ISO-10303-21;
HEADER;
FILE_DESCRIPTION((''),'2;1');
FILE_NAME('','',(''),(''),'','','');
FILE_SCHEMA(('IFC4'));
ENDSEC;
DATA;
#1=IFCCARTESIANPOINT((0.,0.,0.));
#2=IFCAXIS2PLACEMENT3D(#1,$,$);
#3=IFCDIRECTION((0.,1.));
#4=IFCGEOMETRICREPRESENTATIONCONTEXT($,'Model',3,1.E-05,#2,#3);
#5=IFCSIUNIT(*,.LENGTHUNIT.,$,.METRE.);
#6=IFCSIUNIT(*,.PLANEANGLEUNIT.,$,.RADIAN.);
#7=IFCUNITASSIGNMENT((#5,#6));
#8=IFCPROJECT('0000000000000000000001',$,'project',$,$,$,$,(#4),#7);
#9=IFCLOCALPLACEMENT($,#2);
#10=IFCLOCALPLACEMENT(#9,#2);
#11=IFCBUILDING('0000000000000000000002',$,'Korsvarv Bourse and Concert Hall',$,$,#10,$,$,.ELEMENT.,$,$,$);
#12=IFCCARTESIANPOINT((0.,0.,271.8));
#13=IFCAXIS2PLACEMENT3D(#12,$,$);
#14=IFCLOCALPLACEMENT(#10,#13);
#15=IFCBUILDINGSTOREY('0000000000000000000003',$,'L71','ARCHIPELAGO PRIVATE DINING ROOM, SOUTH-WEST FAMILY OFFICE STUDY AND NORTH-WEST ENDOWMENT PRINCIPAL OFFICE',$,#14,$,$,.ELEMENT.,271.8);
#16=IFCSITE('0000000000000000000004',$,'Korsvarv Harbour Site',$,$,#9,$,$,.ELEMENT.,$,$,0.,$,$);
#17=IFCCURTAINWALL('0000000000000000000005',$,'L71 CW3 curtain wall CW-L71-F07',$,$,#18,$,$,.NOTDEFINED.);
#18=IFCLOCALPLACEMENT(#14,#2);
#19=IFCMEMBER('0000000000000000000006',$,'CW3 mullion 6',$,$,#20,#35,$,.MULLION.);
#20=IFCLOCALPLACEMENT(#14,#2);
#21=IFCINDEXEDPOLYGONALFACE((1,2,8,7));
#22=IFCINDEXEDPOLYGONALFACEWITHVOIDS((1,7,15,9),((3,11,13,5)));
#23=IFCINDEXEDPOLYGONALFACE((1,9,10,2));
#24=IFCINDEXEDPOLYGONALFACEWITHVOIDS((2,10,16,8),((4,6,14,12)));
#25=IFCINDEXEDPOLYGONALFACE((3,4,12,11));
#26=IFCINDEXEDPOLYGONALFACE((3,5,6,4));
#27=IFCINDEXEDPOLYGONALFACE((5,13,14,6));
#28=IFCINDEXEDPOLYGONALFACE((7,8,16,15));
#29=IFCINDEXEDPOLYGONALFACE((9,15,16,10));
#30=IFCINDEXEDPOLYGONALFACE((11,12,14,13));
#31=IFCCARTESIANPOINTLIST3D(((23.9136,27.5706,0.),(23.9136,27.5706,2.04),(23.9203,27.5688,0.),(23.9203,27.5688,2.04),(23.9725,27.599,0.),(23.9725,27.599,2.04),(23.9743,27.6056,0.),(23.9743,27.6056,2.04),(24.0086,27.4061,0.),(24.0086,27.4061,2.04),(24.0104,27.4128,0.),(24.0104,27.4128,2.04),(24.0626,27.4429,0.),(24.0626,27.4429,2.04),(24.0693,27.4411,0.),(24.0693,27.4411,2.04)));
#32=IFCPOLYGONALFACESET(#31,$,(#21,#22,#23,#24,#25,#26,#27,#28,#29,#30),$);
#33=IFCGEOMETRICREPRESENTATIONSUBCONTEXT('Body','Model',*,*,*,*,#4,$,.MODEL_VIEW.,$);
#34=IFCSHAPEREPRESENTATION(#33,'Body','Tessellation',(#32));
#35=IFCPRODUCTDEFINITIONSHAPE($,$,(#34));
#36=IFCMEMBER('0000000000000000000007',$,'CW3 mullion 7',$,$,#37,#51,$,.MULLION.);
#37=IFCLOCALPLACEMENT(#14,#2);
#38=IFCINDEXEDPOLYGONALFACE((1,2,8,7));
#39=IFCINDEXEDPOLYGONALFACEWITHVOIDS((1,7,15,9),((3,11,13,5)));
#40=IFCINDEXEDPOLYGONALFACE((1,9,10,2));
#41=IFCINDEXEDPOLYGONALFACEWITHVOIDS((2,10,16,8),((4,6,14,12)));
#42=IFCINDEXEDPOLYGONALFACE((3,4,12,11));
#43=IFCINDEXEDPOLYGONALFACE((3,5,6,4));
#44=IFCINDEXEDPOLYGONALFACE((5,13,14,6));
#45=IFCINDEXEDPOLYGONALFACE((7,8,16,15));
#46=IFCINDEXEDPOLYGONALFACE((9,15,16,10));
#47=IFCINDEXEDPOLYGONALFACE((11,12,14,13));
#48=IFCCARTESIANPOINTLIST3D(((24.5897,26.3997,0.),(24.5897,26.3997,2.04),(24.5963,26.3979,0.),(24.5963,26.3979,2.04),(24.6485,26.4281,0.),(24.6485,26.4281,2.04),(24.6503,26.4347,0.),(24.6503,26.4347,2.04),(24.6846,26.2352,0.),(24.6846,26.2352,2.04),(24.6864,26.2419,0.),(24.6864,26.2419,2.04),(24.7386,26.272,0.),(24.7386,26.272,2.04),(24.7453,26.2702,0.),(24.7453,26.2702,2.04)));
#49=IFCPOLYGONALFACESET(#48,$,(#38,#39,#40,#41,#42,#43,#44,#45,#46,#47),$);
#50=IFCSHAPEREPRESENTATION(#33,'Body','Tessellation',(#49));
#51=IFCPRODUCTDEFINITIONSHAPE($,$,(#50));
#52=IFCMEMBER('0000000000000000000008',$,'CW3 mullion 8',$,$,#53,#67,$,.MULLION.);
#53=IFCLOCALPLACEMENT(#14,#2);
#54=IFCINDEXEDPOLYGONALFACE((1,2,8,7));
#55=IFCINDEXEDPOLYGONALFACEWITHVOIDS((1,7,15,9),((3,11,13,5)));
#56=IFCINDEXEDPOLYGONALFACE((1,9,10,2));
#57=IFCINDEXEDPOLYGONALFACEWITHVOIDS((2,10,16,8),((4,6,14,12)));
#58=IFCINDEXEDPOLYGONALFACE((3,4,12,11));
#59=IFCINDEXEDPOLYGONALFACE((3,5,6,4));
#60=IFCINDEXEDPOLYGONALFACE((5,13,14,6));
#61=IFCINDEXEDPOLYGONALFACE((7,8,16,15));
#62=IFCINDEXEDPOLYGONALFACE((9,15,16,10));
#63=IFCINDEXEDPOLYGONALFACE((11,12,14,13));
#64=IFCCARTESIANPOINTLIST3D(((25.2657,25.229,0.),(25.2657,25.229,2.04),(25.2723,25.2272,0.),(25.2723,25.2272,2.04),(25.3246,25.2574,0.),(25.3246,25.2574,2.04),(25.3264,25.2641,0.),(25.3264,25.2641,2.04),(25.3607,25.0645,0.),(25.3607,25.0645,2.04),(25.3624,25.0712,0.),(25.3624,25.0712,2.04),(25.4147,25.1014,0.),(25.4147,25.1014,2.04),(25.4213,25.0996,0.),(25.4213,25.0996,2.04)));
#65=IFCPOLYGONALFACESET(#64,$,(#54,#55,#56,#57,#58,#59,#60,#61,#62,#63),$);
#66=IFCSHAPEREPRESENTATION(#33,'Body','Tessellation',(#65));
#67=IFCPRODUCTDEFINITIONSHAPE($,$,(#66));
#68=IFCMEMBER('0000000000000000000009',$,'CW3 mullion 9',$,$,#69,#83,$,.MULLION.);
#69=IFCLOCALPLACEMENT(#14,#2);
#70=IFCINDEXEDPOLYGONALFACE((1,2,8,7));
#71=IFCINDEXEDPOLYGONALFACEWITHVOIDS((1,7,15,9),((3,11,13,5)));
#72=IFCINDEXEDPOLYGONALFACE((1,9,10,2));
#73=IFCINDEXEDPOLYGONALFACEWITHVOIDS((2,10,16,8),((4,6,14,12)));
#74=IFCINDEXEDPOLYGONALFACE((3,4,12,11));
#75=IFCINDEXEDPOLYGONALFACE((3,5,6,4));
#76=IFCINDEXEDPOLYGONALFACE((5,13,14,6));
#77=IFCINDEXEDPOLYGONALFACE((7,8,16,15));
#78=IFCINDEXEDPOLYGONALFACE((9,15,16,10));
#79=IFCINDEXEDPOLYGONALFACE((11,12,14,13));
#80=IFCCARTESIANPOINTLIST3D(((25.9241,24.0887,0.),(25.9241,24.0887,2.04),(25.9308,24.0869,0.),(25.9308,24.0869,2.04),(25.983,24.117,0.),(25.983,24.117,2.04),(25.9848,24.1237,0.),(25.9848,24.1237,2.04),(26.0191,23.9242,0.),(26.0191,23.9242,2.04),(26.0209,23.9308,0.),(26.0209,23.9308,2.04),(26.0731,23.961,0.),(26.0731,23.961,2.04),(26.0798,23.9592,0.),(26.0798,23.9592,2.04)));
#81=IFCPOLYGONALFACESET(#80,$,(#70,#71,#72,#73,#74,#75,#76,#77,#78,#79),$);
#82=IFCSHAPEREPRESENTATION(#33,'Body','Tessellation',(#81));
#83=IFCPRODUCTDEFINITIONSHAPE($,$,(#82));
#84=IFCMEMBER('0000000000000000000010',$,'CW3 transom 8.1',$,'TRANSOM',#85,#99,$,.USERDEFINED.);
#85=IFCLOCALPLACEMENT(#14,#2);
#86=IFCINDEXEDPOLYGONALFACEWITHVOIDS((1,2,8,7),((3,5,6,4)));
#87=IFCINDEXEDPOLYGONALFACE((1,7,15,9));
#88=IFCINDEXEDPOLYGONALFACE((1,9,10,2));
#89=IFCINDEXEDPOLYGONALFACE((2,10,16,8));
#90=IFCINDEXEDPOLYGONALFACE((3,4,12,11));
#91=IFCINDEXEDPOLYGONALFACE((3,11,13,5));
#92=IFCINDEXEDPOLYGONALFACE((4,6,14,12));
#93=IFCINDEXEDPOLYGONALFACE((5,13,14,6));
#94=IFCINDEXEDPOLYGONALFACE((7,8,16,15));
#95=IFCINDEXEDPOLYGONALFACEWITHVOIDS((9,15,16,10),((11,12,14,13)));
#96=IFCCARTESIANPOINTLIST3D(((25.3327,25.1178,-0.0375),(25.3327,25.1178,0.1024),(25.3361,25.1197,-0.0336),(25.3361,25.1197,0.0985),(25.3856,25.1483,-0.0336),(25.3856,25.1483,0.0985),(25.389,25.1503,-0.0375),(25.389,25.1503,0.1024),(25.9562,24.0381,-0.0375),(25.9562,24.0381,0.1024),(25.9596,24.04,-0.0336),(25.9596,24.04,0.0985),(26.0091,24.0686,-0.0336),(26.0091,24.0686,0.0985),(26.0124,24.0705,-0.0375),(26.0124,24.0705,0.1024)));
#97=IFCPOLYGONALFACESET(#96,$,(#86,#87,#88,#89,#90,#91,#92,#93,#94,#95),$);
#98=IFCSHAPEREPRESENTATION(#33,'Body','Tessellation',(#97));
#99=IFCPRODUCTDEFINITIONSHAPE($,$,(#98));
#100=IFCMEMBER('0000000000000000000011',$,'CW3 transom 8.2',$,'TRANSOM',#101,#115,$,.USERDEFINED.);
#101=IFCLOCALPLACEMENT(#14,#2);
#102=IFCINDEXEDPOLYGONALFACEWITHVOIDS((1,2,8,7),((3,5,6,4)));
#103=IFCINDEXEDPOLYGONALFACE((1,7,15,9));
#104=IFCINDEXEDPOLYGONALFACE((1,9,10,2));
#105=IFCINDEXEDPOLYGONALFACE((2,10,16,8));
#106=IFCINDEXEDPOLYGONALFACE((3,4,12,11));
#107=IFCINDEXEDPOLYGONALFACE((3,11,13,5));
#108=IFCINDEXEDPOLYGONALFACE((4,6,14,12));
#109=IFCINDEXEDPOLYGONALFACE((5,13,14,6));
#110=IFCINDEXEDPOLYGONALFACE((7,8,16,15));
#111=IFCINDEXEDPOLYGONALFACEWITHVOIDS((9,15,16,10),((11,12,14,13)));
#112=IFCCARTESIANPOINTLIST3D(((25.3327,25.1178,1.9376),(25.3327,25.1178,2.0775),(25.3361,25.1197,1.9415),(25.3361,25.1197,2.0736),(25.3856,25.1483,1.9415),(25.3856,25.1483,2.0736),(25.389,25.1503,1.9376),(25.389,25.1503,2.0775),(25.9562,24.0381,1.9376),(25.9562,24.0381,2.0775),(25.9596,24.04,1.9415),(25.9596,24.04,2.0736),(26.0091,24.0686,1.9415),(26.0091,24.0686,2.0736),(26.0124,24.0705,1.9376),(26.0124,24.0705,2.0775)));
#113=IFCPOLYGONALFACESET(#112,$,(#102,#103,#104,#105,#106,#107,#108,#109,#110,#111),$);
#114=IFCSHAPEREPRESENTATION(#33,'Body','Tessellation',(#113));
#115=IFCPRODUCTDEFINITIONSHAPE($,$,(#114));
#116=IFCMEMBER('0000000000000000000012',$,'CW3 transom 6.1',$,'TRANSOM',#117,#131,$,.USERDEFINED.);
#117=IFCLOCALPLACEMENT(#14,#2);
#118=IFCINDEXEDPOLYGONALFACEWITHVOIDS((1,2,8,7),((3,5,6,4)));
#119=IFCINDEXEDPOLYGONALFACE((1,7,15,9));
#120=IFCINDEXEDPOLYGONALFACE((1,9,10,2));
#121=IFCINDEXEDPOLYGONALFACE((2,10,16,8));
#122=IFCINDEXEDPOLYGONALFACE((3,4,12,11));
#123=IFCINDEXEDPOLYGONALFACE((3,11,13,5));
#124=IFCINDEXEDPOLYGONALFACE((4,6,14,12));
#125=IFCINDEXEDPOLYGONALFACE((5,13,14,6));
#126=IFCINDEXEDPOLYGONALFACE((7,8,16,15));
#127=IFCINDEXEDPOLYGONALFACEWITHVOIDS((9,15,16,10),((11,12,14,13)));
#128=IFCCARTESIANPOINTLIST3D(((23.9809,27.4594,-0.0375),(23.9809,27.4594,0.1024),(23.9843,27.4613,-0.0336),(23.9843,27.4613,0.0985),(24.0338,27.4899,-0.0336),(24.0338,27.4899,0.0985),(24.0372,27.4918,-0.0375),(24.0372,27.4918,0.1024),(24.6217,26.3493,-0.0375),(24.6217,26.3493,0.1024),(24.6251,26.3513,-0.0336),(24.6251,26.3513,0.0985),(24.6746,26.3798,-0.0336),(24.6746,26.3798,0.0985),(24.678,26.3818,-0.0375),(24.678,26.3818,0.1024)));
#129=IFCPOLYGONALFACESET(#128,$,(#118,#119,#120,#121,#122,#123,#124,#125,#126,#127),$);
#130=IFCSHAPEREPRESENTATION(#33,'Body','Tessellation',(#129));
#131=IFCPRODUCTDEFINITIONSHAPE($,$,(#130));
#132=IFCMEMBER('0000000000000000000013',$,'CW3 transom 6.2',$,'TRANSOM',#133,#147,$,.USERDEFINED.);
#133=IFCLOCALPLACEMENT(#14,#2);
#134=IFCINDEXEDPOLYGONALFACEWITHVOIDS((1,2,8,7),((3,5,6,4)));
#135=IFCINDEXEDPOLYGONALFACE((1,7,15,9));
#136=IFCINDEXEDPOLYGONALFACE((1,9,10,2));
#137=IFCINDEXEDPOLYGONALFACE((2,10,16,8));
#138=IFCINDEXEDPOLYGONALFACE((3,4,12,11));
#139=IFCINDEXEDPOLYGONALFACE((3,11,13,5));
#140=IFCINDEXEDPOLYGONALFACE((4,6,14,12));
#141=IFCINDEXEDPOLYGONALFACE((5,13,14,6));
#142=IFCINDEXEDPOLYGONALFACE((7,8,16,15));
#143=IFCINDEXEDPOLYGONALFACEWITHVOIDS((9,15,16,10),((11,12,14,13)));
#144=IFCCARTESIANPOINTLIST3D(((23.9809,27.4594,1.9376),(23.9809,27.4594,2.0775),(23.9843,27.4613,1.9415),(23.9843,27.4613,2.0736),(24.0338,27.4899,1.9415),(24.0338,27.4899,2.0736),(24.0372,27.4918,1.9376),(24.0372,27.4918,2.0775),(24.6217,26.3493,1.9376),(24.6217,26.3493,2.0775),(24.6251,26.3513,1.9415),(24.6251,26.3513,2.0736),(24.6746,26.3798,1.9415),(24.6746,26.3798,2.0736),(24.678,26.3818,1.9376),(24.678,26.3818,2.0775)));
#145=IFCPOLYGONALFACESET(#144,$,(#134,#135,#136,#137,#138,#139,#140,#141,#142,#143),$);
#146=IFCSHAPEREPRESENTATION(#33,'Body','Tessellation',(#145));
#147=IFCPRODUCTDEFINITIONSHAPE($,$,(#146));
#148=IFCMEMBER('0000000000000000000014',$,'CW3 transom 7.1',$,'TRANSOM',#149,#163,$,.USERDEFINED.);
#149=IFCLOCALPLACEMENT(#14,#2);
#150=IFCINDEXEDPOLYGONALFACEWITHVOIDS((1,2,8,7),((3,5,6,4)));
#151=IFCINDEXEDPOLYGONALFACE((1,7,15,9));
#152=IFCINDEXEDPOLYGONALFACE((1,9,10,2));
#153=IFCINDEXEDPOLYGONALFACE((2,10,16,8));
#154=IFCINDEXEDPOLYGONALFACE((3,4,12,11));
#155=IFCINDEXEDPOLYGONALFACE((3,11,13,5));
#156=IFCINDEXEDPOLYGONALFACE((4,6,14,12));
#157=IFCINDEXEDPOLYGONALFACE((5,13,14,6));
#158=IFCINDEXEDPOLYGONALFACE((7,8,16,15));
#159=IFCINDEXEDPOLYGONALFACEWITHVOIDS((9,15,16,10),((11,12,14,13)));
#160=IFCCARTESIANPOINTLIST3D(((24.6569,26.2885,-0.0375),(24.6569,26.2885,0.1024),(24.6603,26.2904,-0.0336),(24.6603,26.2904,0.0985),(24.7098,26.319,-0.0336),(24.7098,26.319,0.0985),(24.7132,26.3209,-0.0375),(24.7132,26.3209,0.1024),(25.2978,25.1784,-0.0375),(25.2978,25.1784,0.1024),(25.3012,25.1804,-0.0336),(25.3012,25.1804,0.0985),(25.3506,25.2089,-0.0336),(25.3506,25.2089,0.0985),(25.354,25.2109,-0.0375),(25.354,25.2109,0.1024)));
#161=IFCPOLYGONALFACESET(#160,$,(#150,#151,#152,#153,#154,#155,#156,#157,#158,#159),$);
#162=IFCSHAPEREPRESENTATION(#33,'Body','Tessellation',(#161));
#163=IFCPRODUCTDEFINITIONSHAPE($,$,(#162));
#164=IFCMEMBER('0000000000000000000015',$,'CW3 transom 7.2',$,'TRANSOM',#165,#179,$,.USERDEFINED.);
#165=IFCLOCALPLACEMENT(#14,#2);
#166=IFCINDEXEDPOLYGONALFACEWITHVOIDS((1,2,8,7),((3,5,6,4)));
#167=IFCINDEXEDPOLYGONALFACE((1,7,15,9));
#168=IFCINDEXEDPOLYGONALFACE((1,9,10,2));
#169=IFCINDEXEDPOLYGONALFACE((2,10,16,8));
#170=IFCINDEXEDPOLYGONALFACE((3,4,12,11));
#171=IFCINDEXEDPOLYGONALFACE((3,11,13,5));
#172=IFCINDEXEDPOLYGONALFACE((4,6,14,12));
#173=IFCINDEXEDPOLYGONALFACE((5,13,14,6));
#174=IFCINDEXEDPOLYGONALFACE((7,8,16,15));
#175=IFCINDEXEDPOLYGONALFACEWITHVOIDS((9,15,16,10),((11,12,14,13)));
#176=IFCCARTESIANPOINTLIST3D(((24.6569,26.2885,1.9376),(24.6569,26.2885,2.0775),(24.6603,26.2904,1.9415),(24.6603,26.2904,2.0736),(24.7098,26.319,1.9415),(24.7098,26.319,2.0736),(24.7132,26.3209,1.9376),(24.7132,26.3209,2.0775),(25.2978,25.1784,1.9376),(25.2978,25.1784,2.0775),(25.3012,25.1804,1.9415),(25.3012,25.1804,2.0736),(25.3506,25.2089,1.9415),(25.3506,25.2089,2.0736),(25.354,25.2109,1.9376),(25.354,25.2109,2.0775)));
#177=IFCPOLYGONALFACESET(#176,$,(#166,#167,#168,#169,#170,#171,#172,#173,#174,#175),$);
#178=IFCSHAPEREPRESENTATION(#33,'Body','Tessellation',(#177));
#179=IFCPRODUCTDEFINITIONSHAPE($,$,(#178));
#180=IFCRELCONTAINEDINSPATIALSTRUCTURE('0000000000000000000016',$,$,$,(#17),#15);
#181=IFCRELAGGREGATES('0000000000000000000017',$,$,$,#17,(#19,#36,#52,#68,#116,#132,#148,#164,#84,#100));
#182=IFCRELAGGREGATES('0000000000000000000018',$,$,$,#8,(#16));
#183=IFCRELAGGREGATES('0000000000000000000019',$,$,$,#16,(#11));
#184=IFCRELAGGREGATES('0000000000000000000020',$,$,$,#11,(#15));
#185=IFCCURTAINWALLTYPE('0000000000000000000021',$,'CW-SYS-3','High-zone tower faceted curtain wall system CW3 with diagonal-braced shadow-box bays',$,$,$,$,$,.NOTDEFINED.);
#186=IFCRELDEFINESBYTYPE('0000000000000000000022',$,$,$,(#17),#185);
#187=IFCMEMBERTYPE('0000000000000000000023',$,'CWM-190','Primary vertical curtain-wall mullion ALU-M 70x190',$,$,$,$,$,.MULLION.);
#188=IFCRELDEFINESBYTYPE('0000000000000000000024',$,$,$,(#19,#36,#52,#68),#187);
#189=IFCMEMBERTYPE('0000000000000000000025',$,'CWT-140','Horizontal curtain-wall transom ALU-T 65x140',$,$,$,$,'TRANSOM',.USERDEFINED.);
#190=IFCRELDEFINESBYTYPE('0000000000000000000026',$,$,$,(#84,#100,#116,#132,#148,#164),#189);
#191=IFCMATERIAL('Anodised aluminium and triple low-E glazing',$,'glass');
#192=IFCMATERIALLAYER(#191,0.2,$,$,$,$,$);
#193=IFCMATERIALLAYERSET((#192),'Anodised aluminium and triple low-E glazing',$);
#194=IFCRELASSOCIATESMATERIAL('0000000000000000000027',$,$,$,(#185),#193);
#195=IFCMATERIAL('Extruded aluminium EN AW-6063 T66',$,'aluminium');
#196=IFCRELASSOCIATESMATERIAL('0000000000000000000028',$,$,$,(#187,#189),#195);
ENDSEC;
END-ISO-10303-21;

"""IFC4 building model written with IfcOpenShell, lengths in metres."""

from ifc_helpers import new_model, si_unit, direction, frame, origin, origin_2d, place, context, subcontext, project, spatial, hollow_rectangle, extrude, source, transform, mapped, material, layer, layer_set, material_profile, profile_set, type_object, element, aggregate, save


model = new_model("IFC4")

# Units and contexts
model_context = context("Model", 3, precision=1e-05, world=origin(), true_north=direction((0.0, 1.0)))
body_context = subcontext(model_context, "Body", "Model", "MODEL_VIEW")
ifc_project = project(units=[si_unit("LENGTHUNIT", "METRE"), si_unit("PLANEANGLEUNIT", "RADIAN")], contexts=[model_context])

# Site, building, storey
site_placement = place(None, origin())
site = spatial("IfcSite", under=ifc_project, at=site_placement, Name="Korsvarv Harbour Site", CompositionType="ELEMENT", RefElevation=0.0)
building_placement = place(site_placement, origin())
building = spatial("IfcBuilding", under=site, at=building_placement, Name="Korsvarv Bourse and Concert Hall", CompositionType="ELEMENT")
storey_placement = place(building_placement, frame((0.0, 0.0, 271.8)))
storey = spatial("IfcBuildingStorey", under=building, at=storey_placement, Name="L71", Description="ARCHIPELAGO PRIVATE DINING ROOM, SOUTH-WEST FAMILY OFFICE STUDY AND NORTH-WEST ENDOWMENT PRINCIPAL OFFICE", CompositionType="ELEMENT", Elevation=271.8)

# Curtain wall, members
ifc_material_1 = material(Name="Anodised aluminium and triple low-E glazing", Category="glass")
ifc_layer_1 = layer(ifc_material_1, 0.2)
ifc_layer_set_1 = layer_set([ifc_layer_1], Name="Anodised aluminium and triple low-E glazing")
curtain_wall_type = type_object("IfcCurtainWallType", Name="CW-SYS-3", Description="High-zone tower faceted curtain wall system CW3 with diagonal-braced shadow-box bays", PredefinedType="NOTDEFINED", material=ifc_layer_set_1)
curtain_wall_placement = place(storey_placement, origin())
curtain_wall = element("IfcCurtainWall", 1, at=curtain_wall_placement, inside=storey, type_object=curtain_wall_type, Name="L71 CW3 curtain wall CW-L71-F07", PredefinedType="NOTDEFINED")
ifc_material_2 = material(Name="Extruded aluminium EN AW-6063 T66", Category="aluminium")
ifc_material_profile_1 = material_profile(ifc_material_2, hollow_rectangle(XDim=0.0701, YDim=0.1899, WallThickness=0.0049, at=origin_2d()), Name="ALU-M 70x190")
ifc_profile_set_1 = profile_set([ifc_material_profile_1], Name="Extruded aluminium EN AW-6063 T66")
member_type_1 = type_object("IfcMemberType", Name="CWM-190", Description="Primary vertical curtain-wall mullion ALU-M 70x190", PredefinedType="MULLION", material=ifc_profile_set_1)
shared_shape_1 = source(origin(), body_context, "Body", "SweptSolid", [
    extrude(hollow_rectangle(XDim=0.0701, YDim=0.1899, WallThickness=0.0049, at=origin_2d()), origin(), (0.0, 0.0, 1.0), 2.04),
])
member_1_placement = place(storey_placement, frame((23.9915, 27.5059, 0.0), z_axis=(0.0, 0.0, 1.0), x_axis=(0.866023, 0.500004, 0.0)))
member_1 = element("IfcMember", 2, at=member_1_placement, type_object=member_type_1, Name="CW3 mullion 6", PredefinedType="MULLION", context=body_context, shape_type="MappedRepresentation", body=[
    mapped(shared_shape_1, transform((0.0, 0.0, 0.0), scale=1.0)),
])
member_2_placement = place(storey_placement, frame((24.6675, 26.335, 0.0), z_axis=(0.0, 0.0, 1.0), x_axis=(0.866023, 0.500004, 0.0)))
member_2 = element("IfcMember", 3, at=member_2_placement, type_object=member_type_1, Name="CW3 mullion 7", PredefinedType="MULLION", context=body_context, shape_type="MappedRepresentation", body=[
    mapped(shared_shape_1, transform((0.0, 0.0, 0.0), scale=1.0)),
])
member_3_placement = place(storey_placement, frame((25.3435, 25.1643, 0.0), z_axis=(0.0, 0.0, 1.0), x_axis=(0.866023, 0.500004, 0.0)))
member_3 = element("IfcMember", 4, at=member_3_placement, type_object=member_type_1, Name="CW3 mullion 8", PredefinedType="MULLION", context=body_context, shape_type="MappedRepresentation", body=[
    mapped(shared_shape_1, transform((0.0, 0.0, 0.0), scale=1.0)),
])
member_4_placement = place(storey_placement, frame((26.002, 24.0239, 0.0), z_axis=(0.0, 0.0, 1.0), x_axis=(0.866023, 0.500004, 0.0)))
member_4 = element("IfcMember", 5, at=member_4_placement, type_object=member_type_1, Name="CW3 mullion 9", PredefinedType="MULLION", context=body_context, shape_type="MappedRepresentation", body=[
    mapped(shared_shape_1, transform((0.0, 0.0, 0.0), scale=1.0)),
])
ifc_material_profile_2 = material_profile(ifc_material_2, hollow_rectangle(XDim=0.0649, YDim=0.1399, WallThickness=0.0039, at=origin_2d()), Name="ALU-T 65x140")
ifc_profile_set_2 = profile_set([ifc_material_profile_2], Name="Extruded aluminium EN AW-6063 T66")
member_type_2 = type_object("IfcMemberType", Name="CWT-140", Description="Horizontal curtain-wall transom ALU-T 65x140", ElementType="TRANSOM", PredefinedType="USERDEFINED", material=ifc_profile_set_2)
shared_shape_2 = source(origin(), body_context, "Body", "SweptSolid", [
    extrude(hollow_rectangle(XDim=0.0649, YDim=0.1399, WallThickness=0.0039, at=origin_2d()), origin(), (0.0, 0.0, 1.0), 1.2468),
])
member_5_placement = place(storey_placement, frame((25.3608, 25.134, 0.0325), z_axis=(0.500056, -0.865993, 0.0), x_axis=(0.865993, 0.500056, 0.0)))
member_5 = element("IfcMember", 6, at=member_5_placement, type_object=member_type_2, Name="CW3 transom 8.1", ObjectType="TRANSOM", PredefinedType="USERDEFINED", context=body_context, shape_type="MappedRepresentation", body=[
    mapped(shared_shape_2, transform((0.0, 0.0, 0.0), scale=1.0)),
])
member_6_placement = place(storey_placement, frame((25.3608, 25.134, 2.0076), z_axis=(0.500056, -0.865993, 0.0), x_axis=(0.865993, 0.500056, 0.0)))
member_6 = element("IfcMember", 7, at=member_6_placement, type_object=member_type_2, Name="CW3 transom 8.2", ObjectType="TRANSOM", PredefinedType="USERDEFINED", context=body_context, shape_type="MappedRepresentation", body=[
    mapped(shared_shape_2, transform((0.0, 0.0, 0.0), scale=1.0)),
])
shared_shape_3 = source(origin(), body_context, "Body", "SweptSolid", [
    extrude(hollow_rectangle(XDim=0.0649, YDim=0.1399, WallThickness=0.0039, at=origin_2d()), origin(), (0.0, 0.0, 1.0), 1.2817),
])
member_7_placement = place(storey_placement, frame((24.009, 27.4756, 0.0325), z_axis=(0.49997, -0.866043, 0.0), x_axis=(0.866043, 0.49997, 0.0)))
member_7 = element("IfcMember", 8, at=member_7_placement, type_object=member_type_2, Name="CW3 transom 6.1", ObjectType="TRANSOM", PredefinedType="USERDEFINED", context=body_context, shape_type="MappedRepresentation", body=[
    mapped(shared_shape_3, transform((0.0, 0.0, 0.0), scale=1.0)),
])
member_8_placement = place(storey_placement, frame((24.009, 27.4756, 2.0076), z_axis=(0.49997, -0.866043, 0.0), x_axis=(0.866043, 0.49997, 0.0)))
member_8 = element("IfcMember", 9, at=member_8_placement, type_object=member_type_2, Name="CW3 transom 6.2", ObjectType="TRANSOM", PredefinedType="USERDEFINED", context=body_context, shape_type="MappedRepresentation", body=[
    mapped(shared_shape_3, transform((0.0, 0.0, 0.0), scale=1.0)),
])
member_9_placement = place(storey_placement, frame((24.6851, 26.3047, 0.0325), z_axis=(0.49997, -0.866043, 0.0), x_axis=(0.866043, 0.49997, 0.0)))
member_9 = element("IfcMember", 10, at=member_9_placement, type_object=member_type_2, Name="CW3 transom 7.1", ObjectType="TRANSOM", PredefinedType="USERDEFINED", context=body_context, shape_type="MappedRepresentation", body=[
    mapped(shared_shape_3, transform((0.0, 0.0, 0.0), scale=1.0)),
])
member_10_placement = place(storey_placement, frame((24.6851, 26.3047, 2.0076), z_axis=(0.49997, -0.866043, 0.0), x_axis=(0.866043, 0.49997, 0.0)))
member_10 = element("IfcMember", 11, at=member_10_placement, type_object=member_type_2, Name="CW3 transom 7.2", ObjectType="TRANSOM", PredefinedType="USERDEFINED", context=body_context, shape_type="MappedRepresentation", body=[
    mapped(shared_shape_3, transform((0.0, 0.0, 0.0), scale=1.0)),
])
aggregate(curtain_wall, [member_1, member_2, member_3, member_4, member_7, member_8, member_9, member_10, member_5, member_6])

save(model, "model.ifc")
